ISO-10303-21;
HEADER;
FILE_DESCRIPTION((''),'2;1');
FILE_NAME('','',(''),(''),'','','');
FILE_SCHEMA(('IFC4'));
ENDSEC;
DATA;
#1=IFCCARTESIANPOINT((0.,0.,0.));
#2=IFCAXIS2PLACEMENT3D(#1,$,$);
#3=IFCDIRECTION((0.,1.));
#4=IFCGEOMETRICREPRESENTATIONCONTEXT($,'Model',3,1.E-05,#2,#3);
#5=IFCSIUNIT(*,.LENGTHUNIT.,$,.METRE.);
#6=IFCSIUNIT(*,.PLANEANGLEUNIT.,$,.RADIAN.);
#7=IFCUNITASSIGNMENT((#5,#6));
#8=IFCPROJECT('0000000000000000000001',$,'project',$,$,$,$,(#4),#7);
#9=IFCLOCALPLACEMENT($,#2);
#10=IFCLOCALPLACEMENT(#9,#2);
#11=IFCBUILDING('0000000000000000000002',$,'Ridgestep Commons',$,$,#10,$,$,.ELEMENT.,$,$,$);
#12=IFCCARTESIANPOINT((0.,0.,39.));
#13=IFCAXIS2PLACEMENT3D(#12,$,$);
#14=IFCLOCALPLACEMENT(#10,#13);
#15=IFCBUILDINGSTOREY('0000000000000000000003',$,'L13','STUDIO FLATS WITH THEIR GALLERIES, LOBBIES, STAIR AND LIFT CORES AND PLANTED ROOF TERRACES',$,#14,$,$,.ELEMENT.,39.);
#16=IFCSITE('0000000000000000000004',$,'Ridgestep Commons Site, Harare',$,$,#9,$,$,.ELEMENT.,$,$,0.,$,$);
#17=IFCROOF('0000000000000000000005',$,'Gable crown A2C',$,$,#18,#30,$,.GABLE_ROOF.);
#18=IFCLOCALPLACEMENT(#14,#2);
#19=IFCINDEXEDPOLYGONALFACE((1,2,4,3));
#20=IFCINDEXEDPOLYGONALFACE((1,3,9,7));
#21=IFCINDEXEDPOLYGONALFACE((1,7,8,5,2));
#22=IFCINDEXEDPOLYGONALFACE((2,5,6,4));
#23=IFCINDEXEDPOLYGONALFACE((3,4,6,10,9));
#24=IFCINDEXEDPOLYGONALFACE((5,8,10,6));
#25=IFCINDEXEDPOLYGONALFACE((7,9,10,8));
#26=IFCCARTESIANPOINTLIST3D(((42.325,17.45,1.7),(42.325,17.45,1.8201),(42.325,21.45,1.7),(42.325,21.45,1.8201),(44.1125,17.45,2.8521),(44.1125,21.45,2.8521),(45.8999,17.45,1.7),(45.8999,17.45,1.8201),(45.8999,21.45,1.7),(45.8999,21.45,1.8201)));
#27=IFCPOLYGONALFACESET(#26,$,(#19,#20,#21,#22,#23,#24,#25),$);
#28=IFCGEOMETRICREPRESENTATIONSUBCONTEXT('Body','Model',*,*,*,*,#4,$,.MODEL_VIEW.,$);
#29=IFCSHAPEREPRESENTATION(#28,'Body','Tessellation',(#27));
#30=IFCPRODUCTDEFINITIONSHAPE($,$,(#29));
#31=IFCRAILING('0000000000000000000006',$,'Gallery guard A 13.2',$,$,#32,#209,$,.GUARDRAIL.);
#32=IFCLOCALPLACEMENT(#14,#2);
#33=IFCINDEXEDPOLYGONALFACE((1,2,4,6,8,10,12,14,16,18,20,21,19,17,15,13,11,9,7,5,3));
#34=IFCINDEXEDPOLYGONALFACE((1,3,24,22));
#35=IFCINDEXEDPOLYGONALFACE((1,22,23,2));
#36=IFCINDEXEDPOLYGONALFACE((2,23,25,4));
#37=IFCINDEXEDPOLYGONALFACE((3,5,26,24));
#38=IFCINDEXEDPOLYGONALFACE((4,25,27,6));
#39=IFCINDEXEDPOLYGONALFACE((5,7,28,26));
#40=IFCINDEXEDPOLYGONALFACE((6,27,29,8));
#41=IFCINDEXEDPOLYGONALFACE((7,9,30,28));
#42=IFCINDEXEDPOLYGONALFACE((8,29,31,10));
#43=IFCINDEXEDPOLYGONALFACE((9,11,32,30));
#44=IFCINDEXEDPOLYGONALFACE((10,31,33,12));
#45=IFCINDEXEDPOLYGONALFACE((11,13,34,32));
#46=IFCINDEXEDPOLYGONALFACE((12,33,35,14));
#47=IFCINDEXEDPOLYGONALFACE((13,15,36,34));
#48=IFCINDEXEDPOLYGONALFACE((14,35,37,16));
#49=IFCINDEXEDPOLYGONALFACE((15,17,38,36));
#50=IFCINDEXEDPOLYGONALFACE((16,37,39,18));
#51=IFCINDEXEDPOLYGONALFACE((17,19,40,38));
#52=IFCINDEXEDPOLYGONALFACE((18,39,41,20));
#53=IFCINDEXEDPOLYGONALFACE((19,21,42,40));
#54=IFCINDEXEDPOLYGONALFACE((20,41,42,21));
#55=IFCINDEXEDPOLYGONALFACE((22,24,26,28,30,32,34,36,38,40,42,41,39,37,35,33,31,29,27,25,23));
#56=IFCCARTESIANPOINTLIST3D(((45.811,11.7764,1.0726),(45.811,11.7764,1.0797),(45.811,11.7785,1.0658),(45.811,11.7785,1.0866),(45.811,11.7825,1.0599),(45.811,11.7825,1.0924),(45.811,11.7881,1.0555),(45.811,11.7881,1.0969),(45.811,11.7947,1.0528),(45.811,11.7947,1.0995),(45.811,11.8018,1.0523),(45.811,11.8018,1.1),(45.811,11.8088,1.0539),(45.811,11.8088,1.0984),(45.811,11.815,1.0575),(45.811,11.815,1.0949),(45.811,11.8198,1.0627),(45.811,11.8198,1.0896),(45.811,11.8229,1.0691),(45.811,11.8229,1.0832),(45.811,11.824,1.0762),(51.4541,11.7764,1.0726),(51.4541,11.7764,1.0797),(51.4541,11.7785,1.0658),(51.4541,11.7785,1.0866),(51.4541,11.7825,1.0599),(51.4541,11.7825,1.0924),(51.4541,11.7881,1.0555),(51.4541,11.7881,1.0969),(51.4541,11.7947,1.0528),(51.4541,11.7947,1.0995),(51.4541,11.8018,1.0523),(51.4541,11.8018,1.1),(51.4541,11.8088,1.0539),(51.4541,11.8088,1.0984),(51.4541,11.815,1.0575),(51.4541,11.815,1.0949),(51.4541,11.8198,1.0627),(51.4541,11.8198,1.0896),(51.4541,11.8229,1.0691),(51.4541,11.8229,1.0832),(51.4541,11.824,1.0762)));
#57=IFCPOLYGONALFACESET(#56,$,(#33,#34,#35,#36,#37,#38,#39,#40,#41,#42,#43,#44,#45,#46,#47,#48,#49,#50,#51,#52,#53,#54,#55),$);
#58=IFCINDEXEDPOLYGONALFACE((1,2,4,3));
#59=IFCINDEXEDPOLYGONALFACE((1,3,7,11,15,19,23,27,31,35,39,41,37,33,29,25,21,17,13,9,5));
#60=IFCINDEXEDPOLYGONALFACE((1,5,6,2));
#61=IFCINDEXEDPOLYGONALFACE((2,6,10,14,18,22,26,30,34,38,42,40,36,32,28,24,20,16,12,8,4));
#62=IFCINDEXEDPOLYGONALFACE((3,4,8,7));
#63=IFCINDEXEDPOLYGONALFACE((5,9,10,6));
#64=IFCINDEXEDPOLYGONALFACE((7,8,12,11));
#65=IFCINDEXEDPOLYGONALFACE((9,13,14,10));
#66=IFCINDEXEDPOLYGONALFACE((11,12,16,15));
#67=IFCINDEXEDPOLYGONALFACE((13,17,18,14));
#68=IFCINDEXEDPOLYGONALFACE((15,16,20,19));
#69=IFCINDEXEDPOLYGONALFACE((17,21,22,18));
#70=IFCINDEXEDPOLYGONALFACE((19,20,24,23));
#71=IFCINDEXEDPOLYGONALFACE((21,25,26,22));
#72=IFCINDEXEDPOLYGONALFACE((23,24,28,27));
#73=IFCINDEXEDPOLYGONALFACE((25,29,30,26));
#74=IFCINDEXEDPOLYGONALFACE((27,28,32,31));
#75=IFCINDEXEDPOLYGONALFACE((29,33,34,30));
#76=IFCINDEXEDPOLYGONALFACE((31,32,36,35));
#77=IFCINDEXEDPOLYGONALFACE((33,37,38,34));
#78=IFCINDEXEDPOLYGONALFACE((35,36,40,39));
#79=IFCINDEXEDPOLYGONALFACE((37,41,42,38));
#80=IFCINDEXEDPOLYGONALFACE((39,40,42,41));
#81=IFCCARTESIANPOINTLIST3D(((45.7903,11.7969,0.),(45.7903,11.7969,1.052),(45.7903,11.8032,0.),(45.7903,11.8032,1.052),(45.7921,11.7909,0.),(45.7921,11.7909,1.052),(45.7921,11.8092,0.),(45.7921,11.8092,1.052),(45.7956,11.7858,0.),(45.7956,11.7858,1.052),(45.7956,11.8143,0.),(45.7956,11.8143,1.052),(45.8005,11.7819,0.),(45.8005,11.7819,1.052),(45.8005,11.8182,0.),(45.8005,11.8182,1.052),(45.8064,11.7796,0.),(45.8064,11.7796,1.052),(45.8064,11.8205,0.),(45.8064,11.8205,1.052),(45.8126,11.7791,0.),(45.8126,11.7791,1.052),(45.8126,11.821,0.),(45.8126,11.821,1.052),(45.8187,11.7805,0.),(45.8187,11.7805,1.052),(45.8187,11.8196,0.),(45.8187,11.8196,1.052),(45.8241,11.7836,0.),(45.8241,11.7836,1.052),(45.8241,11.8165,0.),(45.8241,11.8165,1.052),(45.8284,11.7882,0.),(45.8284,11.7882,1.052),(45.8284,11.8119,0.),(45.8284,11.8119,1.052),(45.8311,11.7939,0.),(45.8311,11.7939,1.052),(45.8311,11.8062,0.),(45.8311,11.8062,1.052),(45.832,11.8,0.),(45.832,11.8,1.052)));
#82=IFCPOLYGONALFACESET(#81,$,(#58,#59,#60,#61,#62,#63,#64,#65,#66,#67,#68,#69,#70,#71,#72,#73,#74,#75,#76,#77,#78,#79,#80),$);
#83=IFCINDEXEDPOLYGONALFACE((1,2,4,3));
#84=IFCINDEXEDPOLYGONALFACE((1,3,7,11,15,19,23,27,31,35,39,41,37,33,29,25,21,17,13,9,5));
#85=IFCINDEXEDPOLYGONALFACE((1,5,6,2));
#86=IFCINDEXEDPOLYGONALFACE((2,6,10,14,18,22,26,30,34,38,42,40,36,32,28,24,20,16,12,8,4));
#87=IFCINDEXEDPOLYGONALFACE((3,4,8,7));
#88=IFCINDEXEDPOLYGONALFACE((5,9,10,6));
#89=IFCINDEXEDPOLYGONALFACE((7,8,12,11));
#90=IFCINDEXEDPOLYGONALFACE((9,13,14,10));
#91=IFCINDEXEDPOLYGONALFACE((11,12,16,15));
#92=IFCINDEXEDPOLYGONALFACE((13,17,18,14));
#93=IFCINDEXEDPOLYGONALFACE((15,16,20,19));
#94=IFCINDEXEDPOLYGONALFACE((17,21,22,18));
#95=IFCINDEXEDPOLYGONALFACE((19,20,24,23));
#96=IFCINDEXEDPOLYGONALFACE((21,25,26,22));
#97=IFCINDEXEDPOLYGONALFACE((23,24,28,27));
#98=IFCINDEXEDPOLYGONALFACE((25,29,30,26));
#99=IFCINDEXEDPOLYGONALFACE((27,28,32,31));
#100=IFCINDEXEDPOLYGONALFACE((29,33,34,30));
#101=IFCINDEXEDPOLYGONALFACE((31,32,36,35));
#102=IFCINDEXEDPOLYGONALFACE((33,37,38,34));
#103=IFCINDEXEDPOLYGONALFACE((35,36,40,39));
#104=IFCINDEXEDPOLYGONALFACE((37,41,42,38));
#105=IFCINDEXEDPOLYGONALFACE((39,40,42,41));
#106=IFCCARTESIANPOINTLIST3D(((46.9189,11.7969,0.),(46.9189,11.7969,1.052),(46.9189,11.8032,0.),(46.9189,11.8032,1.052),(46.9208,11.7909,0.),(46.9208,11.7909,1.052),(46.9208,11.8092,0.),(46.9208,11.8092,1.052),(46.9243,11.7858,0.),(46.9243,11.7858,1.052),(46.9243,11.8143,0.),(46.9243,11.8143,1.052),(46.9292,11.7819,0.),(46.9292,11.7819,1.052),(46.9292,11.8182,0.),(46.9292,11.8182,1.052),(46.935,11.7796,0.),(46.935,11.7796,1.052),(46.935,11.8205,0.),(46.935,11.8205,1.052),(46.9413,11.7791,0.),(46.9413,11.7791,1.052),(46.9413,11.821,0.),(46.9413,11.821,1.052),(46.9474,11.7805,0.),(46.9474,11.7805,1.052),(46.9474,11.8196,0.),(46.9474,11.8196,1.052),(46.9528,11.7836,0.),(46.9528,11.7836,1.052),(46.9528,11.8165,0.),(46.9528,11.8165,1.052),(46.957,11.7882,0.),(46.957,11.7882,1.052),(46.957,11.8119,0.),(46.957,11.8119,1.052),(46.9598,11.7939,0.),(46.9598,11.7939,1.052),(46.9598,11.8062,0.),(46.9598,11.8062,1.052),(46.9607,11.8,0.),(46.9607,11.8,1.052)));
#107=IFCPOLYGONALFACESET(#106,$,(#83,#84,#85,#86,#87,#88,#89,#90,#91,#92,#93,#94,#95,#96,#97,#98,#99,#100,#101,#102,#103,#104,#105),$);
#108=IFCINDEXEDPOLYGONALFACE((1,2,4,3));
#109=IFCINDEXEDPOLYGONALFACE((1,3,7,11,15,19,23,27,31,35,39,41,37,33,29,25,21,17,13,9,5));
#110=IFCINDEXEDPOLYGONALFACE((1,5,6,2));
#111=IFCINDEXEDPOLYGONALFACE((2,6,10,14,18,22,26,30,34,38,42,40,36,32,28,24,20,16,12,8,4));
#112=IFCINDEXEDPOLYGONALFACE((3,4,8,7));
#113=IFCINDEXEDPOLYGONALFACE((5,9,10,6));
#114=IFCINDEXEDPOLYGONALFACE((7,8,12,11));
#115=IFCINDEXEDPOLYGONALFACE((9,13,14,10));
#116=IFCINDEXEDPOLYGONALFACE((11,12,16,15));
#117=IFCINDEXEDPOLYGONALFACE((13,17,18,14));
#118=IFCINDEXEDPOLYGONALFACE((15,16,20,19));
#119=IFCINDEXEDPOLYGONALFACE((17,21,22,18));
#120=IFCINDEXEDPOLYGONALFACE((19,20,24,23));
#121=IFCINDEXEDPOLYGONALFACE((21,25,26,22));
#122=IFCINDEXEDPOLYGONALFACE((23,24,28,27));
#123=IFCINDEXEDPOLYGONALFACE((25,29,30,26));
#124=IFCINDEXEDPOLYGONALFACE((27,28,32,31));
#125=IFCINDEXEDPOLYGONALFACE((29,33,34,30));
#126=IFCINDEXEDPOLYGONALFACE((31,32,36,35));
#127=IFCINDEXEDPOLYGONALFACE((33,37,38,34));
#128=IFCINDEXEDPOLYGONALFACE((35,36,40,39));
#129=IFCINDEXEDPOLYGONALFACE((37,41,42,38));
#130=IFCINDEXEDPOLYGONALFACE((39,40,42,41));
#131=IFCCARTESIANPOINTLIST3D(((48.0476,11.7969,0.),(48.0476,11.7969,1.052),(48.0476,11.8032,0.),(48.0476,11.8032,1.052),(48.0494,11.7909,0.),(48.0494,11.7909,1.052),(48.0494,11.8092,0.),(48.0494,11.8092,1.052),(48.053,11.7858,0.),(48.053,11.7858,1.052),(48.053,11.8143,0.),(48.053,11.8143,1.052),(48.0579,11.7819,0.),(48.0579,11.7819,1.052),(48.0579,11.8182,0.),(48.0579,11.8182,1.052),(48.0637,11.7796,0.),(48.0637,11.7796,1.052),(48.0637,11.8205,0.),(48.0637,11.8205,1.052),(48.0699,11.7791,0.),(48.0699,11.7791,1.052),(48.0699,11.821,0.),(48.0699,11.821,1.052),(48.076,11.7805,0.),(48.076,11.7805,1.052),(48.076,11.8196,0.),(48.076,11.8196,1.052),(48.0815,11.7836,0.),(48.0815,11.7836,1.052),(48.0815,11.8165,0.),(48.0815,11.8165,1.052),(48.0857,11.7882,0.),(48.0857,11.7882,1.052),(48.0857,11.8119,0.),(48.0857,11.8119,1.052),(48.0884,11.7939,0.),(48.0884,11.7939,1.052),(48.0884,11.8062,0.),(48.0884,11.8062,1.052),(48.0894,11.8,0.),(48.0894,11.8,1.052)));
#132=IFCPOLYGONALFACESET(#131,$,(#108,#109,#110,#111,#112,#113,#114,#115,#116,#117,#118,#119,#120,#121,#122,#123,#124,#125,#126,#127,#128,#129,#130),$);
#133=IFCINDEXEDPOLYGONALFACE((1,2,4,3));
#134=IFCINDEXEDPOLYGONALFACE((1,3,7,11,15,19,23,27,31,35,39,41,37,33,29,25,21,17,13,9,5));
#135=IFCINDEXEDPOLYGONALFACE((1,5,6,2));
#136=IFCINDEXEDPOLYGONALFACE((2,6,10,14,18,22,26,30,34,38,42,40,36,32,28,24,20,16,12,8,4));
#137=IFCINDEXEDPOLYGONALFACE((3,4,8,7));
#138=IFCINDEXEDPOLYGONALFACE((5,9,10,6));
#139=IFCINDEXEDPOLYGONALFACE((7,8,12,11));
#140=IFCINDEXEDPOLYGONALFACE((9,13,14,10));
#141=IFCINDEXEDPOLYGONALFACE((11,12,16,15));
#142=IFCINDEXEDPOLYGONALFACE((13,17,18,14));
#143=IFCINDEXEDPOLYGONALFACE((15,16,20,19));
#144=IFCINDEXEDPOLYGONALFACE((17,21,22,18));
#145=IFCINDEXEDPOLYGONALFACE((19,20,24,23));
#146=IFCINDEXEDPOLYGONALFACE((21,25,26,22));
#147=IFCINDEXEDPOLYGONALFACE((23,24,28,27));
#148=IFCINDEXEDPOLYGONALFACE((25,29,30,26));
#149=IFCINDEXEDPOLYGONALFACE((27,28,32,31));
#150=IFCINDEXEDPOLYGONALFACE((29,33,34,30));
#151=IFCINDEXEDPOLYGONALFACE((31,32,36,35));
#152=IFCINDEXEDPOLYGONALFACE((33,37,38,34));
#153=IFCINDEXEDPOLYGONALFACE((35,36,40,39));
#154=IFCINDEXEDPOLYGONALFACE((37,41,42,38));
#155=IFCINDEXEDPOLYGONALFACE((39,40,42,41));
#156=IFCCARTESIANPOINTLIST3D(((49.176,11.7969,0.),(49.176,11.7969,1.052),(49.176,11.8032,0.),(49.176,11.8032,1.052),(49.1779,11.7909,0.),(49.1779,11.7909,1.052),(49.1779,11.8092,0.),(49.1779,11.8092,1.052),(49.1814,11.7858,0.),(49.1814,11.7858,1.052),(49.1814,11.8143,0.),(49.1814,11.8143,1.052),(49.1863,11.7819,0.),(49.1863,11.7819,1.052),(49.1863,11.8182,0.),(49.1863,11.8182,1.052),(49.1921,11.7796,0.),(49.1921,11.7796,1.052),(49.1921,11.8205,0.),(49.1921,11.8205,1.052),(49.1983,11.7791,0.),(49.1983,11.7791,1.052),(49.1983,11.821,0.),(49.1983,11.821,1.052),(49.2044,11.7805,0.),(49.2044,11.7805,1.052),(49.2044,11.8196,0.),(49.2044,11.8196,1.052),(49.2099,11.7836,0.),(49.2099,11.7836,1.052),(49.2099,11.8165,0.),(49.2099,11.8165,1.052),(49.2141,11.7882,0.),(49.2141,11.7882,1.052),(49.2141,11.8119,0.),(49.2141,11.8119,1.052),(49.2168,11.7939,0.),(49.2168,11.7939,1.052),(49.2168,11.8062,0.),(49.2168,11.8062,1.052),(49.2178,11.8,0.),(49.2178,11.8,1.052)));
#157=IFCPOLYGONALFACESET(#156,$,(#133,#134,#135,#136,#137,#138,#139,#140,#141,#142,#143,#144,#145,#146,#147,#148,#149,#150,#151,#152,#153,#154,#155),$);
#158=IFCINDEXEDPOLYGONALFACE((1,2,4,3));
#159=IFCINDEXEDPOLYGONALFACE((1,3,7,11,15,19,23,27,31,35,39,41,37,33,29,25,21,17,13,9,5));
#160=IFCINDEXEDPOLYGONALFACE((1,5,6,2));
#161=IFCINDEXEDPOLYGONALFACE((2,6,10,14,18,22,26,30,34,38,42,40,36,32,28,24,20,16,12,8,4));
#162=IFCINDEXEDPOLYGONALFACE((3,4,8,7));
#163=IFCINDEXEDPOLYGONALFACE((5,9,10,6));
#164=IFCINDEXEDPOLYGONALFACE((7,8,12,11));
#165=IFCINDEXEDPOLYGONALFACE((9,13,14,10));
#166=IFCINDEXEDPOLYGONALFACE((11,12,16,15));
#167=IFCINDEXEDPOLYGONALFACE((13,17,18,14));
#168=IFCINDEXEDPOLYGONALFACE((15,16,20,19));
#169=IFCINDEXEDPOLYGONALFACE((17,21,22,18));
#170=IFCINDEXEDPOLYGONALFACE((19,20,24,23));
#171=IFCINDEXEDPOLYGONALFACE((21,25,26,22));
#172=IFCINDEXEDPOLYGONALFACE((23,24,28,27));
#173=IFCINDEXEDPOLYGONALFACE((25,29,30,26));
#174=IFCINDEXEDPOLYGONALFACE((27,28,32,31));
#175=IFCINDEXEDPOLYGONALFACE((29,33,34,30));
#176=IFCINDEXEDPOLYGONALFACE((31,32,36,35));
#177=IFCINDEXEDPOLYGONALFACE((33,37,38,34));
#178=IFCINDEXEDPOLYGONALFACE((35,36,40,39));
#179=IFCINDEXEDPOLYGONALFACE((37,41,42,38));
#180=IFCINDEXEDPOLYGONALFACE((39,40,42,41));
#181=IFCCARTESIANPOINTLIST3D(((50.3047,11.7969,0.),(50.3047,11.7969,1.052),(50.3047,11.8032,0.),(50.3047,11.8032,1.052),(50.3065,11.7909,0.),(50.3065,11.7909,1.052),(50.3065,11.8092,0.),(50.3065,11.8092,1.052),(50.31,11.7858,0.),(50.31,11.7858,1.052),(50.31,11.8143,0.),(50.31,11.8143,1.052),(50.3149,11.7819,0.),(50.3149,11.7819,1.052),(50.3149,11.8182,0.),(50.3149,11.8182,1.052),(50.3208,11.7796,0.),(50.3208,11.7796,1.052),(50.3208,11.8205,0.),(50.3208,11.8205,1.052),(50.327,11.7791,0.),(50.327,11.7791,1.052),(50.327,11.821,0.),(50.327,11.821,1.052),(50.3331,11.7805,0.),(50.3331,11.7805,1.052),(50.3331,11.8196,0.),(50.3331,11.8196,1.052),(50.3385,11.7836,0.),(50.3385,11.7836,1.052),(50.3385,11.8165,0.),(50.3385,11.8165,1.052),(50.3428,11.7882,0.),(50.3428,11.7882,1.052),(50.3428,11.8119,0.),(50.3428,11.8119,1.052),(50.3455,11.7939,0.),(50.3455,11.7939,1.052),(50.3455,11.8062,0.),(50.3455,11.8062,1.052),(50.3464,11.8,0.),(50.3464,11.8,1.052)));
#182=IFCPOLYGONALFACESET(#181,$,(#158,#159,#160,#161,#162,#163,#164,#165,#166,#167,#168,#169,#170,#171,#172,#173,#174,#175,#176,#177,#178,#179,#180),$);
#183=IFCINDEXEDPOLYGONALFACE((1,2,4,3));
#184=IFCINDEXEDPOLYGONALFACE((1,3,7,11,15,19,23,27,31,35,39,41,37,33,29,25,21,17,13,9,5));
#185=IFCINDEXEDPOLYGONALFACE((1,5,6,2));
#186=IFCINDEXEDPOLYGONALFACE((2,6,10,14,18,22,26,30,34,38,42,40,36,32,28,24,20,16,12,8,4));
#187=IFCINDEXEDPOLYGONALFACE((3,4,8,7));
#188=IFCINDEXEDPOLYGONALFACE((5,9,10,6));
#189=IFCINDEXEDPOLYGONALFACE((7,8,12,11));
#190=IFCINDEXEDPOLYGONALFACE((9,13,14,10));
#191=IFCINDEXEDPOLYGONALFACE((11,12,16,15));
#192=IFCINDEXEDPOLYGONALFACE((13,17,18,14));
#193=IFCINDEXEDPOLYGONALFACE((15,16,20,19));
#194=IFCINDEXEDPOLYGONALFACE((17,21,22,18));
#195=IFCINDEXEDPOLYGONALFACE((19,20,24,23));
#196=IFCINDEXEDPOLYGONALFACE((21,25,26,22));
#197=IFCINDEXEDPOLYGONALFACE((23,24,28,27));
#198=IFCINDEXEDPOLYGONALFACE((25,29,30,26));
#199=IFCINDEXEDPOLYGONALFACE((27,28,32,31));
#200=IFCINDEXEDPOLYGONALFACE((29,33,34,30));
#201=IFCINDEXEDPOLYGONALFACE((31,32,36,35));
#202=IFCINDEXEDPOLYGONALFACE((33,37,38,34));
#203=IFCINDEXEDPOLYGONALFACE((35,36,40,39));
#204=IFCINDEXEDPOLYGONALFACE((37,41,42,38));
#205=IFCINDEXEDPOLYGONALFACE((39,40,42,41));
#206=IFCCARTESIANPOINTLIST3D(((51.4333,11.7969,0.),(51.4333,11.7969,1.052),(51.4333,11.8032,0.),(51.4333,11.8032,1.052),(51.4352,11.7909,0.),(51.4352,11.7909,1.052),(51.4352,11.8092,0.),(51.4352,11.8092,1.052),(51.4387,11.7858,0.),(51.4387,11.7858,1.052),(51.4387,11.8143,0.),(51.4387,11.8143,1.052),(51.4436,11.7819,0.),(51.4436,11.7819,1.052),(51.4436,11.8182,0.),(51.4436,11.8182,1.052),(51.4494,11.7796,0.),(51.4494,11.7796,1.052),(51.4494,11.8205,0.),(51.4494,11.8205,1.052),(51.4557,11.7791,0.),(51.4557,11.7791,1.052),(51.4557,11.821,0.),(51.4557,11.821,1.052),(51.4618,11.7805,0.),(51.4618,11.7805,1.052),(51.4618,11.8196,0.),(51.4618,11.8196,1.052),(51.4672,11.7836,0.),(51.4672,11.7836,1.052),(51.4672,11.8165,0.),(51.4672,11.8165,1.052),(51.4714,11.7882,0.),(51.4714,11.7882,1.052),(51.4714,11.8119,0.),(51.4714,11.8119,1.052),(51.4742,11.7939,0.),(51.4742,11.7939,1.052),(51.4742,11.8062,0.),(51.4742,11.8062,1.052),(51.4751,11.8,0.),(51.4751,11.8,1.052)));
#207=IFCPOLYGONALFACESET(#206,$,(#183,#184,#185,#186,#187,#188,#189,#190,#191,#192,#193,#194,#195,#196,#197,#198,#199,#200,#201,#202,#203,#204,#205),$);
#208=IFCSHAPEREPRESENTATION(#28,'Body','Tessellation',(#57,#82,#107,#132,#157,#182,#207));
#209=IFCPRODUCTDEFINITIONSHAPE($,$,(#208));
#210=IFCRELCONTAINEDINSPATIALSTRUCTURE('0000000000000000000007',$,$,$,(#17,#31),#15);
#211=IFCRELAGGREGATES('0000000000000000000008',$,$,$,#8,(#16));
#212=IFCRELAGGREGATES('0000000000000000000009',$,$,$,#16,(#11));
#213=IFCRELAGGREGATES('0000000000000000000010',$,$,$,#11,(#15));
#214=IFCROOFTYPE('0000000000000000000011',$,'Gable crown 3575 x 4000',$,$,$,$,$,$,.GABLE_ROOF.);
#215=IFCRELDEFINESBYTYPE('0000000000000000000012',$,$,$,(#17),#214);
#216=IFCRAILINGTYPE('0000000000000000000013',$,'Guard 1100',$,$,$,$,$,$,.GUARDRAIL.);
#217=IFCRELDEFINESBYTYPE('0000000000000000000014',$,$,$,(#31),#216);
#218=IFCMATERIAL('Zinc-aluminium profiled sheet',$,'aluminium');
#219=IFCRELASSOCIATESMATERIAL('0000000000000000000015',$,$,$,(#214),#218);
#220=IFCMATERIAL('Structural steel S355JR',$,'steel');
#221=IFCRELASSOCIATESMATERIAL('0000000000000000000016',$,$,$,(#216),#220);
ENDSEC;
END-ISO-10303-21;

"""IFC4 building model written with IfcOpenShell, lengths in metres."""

from ifc_helpers import new_model, si_unit, direction, frame, origin, origin_2d, place, context, subcontext, project, spatial, polyline, circle, outline, extrude, material, type_object, element, save


model = new_model("IFC4")

# Units and contexts
model_context = context("Model", 3, precision=1e-05, world=origin(), true_north=direction((0.0, 1.0)))
body_context = subcontext(model_context, "Body", "Model", "MODEL_VIEW")
ifc_project = project(units=[si_unit("LENGTHUNIT", "METRE"), si_unit("PLANEANGLEUNIT", "RADIAN")], contexts=[model_context])

# Site, building, storey
site_placement = place(None, origin())
site = spatial("IfcSite", under=ifc_project, at=site_placement, Name="Ridgestep Commons Site, Harare", CompositionType="ELEMENT", RefElevation=0.0)
building_placement = place(site_placement, origin())
building = spatial("IfcBuilding", under=site, at=building_placement, Name="Ridgestep Commons", CompositionType="ELEMENT")
storey_placement = place(building_placement, frame((0.0, 0.0, 39.0)))
storey = spatial("IfcBuildingStorey", under=building, at=storey_placement, Name="L13", Description="STUDIO FLATS WITH THEIR GALLERIES, LOBBIES, STAIR AND LIFT CORES AND PLANTED ROOF TERRACES", CompositionType="ELEMENT", Elevation=39.0)

# Roof
ifc_material_1 = material(Name="Zinc-aluminium profiled sheet", Category="aluminium")
roof_type = type_object("IfcRoofType", Name="Gable crown 3575 x 4000", PredefinedType="GABLE_ROOF", material=ifc_material_1)
roof_placement = place(storey_placement, frame((42.325, 19.45, 1.7), z_axis=(0.0, 0.0, 1.0), x_axis=(1.0, 0.0, 0.0)))
element("IfcRoof", 1, at=roof_placement, inside=storey, type_object=roof_type, Name="Gable crown A2C", PredefinedType="GABLE_ROOF", context=body_context, shape_type="SweptSolid", body=[
    extrude(outline(polyline([(0.0, 0.0), (3.575, 0.0), (3.575, 0.1201), (1.7876, 1.1521), (0.0, 0.1201), (0.0, 0.0)])), frame((0.0, 2.0, 0.0), z_axis=(0.0, -1.0, 0.0), x_axis=(1.0, 0.0, 0.0)), (0.0, 0.0, 1.0), 4.0),
])

# Railing
ifc_material_2 = material(Name="Structural steel S355JR", Category="steel")
railing_type = type_object("IfcRailingType", Name="Guard 1100", PredefinedType="GUARDRAIL", material=ifc_material_2)
railing_placement = place(storey_placement, frame((45.811, 11.8, 0.0)))
element("IfcRailing", 2, at=railing_placement, inside=storey, type_object=railing_type, Name="Gallery guard A 13.2", PredefinedType="GUARDRAIL", context=body_context, shape_type="SweptSolid", body=[
    extrude(circle(Radius=0.0239, at=origin_2d()), frame((0.0, 0.0, 1.0762), z_axis=(1.0, 0.0, 0.0), x_axis=(0.0, 1.0, 0.0)), (0.0, 0.0, 1.0), 5.6431),
    extrude(circle(Radius=0.021, at=origin_2d()), origin(), (0.0, 0.0, 1.0), 1.052),
    extrude(circle(Radius=0.021, at=origin_2d()), frame((1.1287, 0.0, 0.0)), (0.0, 0.0, 1.0), 1.052),
    extrude(circle(Radius=0.021, at=origin_2d()), frame((2.2573, 0.0, 0.0)), (0.0, 0.0, 1.0), 1.052),
    extrude(circle(Radius=0.021, at=origin_2d()), frame((3.3857, 0.0, 0.0)), (0.0, 0.0, 1.0), 1.052),
    extrude(circle(Radius=0.021, at=origin_2d()), frame((4.5144, 0.0, 0.0)), (0.0, 0.0, 1.0), 1.052),
    extrude(circle(Radius=0.021, at=origin_2d()), frame((5.6431, 0.0, 0.0)), (0.0, 0.0, 1.0), 1.052),
])

save(model, "model.ifc")
